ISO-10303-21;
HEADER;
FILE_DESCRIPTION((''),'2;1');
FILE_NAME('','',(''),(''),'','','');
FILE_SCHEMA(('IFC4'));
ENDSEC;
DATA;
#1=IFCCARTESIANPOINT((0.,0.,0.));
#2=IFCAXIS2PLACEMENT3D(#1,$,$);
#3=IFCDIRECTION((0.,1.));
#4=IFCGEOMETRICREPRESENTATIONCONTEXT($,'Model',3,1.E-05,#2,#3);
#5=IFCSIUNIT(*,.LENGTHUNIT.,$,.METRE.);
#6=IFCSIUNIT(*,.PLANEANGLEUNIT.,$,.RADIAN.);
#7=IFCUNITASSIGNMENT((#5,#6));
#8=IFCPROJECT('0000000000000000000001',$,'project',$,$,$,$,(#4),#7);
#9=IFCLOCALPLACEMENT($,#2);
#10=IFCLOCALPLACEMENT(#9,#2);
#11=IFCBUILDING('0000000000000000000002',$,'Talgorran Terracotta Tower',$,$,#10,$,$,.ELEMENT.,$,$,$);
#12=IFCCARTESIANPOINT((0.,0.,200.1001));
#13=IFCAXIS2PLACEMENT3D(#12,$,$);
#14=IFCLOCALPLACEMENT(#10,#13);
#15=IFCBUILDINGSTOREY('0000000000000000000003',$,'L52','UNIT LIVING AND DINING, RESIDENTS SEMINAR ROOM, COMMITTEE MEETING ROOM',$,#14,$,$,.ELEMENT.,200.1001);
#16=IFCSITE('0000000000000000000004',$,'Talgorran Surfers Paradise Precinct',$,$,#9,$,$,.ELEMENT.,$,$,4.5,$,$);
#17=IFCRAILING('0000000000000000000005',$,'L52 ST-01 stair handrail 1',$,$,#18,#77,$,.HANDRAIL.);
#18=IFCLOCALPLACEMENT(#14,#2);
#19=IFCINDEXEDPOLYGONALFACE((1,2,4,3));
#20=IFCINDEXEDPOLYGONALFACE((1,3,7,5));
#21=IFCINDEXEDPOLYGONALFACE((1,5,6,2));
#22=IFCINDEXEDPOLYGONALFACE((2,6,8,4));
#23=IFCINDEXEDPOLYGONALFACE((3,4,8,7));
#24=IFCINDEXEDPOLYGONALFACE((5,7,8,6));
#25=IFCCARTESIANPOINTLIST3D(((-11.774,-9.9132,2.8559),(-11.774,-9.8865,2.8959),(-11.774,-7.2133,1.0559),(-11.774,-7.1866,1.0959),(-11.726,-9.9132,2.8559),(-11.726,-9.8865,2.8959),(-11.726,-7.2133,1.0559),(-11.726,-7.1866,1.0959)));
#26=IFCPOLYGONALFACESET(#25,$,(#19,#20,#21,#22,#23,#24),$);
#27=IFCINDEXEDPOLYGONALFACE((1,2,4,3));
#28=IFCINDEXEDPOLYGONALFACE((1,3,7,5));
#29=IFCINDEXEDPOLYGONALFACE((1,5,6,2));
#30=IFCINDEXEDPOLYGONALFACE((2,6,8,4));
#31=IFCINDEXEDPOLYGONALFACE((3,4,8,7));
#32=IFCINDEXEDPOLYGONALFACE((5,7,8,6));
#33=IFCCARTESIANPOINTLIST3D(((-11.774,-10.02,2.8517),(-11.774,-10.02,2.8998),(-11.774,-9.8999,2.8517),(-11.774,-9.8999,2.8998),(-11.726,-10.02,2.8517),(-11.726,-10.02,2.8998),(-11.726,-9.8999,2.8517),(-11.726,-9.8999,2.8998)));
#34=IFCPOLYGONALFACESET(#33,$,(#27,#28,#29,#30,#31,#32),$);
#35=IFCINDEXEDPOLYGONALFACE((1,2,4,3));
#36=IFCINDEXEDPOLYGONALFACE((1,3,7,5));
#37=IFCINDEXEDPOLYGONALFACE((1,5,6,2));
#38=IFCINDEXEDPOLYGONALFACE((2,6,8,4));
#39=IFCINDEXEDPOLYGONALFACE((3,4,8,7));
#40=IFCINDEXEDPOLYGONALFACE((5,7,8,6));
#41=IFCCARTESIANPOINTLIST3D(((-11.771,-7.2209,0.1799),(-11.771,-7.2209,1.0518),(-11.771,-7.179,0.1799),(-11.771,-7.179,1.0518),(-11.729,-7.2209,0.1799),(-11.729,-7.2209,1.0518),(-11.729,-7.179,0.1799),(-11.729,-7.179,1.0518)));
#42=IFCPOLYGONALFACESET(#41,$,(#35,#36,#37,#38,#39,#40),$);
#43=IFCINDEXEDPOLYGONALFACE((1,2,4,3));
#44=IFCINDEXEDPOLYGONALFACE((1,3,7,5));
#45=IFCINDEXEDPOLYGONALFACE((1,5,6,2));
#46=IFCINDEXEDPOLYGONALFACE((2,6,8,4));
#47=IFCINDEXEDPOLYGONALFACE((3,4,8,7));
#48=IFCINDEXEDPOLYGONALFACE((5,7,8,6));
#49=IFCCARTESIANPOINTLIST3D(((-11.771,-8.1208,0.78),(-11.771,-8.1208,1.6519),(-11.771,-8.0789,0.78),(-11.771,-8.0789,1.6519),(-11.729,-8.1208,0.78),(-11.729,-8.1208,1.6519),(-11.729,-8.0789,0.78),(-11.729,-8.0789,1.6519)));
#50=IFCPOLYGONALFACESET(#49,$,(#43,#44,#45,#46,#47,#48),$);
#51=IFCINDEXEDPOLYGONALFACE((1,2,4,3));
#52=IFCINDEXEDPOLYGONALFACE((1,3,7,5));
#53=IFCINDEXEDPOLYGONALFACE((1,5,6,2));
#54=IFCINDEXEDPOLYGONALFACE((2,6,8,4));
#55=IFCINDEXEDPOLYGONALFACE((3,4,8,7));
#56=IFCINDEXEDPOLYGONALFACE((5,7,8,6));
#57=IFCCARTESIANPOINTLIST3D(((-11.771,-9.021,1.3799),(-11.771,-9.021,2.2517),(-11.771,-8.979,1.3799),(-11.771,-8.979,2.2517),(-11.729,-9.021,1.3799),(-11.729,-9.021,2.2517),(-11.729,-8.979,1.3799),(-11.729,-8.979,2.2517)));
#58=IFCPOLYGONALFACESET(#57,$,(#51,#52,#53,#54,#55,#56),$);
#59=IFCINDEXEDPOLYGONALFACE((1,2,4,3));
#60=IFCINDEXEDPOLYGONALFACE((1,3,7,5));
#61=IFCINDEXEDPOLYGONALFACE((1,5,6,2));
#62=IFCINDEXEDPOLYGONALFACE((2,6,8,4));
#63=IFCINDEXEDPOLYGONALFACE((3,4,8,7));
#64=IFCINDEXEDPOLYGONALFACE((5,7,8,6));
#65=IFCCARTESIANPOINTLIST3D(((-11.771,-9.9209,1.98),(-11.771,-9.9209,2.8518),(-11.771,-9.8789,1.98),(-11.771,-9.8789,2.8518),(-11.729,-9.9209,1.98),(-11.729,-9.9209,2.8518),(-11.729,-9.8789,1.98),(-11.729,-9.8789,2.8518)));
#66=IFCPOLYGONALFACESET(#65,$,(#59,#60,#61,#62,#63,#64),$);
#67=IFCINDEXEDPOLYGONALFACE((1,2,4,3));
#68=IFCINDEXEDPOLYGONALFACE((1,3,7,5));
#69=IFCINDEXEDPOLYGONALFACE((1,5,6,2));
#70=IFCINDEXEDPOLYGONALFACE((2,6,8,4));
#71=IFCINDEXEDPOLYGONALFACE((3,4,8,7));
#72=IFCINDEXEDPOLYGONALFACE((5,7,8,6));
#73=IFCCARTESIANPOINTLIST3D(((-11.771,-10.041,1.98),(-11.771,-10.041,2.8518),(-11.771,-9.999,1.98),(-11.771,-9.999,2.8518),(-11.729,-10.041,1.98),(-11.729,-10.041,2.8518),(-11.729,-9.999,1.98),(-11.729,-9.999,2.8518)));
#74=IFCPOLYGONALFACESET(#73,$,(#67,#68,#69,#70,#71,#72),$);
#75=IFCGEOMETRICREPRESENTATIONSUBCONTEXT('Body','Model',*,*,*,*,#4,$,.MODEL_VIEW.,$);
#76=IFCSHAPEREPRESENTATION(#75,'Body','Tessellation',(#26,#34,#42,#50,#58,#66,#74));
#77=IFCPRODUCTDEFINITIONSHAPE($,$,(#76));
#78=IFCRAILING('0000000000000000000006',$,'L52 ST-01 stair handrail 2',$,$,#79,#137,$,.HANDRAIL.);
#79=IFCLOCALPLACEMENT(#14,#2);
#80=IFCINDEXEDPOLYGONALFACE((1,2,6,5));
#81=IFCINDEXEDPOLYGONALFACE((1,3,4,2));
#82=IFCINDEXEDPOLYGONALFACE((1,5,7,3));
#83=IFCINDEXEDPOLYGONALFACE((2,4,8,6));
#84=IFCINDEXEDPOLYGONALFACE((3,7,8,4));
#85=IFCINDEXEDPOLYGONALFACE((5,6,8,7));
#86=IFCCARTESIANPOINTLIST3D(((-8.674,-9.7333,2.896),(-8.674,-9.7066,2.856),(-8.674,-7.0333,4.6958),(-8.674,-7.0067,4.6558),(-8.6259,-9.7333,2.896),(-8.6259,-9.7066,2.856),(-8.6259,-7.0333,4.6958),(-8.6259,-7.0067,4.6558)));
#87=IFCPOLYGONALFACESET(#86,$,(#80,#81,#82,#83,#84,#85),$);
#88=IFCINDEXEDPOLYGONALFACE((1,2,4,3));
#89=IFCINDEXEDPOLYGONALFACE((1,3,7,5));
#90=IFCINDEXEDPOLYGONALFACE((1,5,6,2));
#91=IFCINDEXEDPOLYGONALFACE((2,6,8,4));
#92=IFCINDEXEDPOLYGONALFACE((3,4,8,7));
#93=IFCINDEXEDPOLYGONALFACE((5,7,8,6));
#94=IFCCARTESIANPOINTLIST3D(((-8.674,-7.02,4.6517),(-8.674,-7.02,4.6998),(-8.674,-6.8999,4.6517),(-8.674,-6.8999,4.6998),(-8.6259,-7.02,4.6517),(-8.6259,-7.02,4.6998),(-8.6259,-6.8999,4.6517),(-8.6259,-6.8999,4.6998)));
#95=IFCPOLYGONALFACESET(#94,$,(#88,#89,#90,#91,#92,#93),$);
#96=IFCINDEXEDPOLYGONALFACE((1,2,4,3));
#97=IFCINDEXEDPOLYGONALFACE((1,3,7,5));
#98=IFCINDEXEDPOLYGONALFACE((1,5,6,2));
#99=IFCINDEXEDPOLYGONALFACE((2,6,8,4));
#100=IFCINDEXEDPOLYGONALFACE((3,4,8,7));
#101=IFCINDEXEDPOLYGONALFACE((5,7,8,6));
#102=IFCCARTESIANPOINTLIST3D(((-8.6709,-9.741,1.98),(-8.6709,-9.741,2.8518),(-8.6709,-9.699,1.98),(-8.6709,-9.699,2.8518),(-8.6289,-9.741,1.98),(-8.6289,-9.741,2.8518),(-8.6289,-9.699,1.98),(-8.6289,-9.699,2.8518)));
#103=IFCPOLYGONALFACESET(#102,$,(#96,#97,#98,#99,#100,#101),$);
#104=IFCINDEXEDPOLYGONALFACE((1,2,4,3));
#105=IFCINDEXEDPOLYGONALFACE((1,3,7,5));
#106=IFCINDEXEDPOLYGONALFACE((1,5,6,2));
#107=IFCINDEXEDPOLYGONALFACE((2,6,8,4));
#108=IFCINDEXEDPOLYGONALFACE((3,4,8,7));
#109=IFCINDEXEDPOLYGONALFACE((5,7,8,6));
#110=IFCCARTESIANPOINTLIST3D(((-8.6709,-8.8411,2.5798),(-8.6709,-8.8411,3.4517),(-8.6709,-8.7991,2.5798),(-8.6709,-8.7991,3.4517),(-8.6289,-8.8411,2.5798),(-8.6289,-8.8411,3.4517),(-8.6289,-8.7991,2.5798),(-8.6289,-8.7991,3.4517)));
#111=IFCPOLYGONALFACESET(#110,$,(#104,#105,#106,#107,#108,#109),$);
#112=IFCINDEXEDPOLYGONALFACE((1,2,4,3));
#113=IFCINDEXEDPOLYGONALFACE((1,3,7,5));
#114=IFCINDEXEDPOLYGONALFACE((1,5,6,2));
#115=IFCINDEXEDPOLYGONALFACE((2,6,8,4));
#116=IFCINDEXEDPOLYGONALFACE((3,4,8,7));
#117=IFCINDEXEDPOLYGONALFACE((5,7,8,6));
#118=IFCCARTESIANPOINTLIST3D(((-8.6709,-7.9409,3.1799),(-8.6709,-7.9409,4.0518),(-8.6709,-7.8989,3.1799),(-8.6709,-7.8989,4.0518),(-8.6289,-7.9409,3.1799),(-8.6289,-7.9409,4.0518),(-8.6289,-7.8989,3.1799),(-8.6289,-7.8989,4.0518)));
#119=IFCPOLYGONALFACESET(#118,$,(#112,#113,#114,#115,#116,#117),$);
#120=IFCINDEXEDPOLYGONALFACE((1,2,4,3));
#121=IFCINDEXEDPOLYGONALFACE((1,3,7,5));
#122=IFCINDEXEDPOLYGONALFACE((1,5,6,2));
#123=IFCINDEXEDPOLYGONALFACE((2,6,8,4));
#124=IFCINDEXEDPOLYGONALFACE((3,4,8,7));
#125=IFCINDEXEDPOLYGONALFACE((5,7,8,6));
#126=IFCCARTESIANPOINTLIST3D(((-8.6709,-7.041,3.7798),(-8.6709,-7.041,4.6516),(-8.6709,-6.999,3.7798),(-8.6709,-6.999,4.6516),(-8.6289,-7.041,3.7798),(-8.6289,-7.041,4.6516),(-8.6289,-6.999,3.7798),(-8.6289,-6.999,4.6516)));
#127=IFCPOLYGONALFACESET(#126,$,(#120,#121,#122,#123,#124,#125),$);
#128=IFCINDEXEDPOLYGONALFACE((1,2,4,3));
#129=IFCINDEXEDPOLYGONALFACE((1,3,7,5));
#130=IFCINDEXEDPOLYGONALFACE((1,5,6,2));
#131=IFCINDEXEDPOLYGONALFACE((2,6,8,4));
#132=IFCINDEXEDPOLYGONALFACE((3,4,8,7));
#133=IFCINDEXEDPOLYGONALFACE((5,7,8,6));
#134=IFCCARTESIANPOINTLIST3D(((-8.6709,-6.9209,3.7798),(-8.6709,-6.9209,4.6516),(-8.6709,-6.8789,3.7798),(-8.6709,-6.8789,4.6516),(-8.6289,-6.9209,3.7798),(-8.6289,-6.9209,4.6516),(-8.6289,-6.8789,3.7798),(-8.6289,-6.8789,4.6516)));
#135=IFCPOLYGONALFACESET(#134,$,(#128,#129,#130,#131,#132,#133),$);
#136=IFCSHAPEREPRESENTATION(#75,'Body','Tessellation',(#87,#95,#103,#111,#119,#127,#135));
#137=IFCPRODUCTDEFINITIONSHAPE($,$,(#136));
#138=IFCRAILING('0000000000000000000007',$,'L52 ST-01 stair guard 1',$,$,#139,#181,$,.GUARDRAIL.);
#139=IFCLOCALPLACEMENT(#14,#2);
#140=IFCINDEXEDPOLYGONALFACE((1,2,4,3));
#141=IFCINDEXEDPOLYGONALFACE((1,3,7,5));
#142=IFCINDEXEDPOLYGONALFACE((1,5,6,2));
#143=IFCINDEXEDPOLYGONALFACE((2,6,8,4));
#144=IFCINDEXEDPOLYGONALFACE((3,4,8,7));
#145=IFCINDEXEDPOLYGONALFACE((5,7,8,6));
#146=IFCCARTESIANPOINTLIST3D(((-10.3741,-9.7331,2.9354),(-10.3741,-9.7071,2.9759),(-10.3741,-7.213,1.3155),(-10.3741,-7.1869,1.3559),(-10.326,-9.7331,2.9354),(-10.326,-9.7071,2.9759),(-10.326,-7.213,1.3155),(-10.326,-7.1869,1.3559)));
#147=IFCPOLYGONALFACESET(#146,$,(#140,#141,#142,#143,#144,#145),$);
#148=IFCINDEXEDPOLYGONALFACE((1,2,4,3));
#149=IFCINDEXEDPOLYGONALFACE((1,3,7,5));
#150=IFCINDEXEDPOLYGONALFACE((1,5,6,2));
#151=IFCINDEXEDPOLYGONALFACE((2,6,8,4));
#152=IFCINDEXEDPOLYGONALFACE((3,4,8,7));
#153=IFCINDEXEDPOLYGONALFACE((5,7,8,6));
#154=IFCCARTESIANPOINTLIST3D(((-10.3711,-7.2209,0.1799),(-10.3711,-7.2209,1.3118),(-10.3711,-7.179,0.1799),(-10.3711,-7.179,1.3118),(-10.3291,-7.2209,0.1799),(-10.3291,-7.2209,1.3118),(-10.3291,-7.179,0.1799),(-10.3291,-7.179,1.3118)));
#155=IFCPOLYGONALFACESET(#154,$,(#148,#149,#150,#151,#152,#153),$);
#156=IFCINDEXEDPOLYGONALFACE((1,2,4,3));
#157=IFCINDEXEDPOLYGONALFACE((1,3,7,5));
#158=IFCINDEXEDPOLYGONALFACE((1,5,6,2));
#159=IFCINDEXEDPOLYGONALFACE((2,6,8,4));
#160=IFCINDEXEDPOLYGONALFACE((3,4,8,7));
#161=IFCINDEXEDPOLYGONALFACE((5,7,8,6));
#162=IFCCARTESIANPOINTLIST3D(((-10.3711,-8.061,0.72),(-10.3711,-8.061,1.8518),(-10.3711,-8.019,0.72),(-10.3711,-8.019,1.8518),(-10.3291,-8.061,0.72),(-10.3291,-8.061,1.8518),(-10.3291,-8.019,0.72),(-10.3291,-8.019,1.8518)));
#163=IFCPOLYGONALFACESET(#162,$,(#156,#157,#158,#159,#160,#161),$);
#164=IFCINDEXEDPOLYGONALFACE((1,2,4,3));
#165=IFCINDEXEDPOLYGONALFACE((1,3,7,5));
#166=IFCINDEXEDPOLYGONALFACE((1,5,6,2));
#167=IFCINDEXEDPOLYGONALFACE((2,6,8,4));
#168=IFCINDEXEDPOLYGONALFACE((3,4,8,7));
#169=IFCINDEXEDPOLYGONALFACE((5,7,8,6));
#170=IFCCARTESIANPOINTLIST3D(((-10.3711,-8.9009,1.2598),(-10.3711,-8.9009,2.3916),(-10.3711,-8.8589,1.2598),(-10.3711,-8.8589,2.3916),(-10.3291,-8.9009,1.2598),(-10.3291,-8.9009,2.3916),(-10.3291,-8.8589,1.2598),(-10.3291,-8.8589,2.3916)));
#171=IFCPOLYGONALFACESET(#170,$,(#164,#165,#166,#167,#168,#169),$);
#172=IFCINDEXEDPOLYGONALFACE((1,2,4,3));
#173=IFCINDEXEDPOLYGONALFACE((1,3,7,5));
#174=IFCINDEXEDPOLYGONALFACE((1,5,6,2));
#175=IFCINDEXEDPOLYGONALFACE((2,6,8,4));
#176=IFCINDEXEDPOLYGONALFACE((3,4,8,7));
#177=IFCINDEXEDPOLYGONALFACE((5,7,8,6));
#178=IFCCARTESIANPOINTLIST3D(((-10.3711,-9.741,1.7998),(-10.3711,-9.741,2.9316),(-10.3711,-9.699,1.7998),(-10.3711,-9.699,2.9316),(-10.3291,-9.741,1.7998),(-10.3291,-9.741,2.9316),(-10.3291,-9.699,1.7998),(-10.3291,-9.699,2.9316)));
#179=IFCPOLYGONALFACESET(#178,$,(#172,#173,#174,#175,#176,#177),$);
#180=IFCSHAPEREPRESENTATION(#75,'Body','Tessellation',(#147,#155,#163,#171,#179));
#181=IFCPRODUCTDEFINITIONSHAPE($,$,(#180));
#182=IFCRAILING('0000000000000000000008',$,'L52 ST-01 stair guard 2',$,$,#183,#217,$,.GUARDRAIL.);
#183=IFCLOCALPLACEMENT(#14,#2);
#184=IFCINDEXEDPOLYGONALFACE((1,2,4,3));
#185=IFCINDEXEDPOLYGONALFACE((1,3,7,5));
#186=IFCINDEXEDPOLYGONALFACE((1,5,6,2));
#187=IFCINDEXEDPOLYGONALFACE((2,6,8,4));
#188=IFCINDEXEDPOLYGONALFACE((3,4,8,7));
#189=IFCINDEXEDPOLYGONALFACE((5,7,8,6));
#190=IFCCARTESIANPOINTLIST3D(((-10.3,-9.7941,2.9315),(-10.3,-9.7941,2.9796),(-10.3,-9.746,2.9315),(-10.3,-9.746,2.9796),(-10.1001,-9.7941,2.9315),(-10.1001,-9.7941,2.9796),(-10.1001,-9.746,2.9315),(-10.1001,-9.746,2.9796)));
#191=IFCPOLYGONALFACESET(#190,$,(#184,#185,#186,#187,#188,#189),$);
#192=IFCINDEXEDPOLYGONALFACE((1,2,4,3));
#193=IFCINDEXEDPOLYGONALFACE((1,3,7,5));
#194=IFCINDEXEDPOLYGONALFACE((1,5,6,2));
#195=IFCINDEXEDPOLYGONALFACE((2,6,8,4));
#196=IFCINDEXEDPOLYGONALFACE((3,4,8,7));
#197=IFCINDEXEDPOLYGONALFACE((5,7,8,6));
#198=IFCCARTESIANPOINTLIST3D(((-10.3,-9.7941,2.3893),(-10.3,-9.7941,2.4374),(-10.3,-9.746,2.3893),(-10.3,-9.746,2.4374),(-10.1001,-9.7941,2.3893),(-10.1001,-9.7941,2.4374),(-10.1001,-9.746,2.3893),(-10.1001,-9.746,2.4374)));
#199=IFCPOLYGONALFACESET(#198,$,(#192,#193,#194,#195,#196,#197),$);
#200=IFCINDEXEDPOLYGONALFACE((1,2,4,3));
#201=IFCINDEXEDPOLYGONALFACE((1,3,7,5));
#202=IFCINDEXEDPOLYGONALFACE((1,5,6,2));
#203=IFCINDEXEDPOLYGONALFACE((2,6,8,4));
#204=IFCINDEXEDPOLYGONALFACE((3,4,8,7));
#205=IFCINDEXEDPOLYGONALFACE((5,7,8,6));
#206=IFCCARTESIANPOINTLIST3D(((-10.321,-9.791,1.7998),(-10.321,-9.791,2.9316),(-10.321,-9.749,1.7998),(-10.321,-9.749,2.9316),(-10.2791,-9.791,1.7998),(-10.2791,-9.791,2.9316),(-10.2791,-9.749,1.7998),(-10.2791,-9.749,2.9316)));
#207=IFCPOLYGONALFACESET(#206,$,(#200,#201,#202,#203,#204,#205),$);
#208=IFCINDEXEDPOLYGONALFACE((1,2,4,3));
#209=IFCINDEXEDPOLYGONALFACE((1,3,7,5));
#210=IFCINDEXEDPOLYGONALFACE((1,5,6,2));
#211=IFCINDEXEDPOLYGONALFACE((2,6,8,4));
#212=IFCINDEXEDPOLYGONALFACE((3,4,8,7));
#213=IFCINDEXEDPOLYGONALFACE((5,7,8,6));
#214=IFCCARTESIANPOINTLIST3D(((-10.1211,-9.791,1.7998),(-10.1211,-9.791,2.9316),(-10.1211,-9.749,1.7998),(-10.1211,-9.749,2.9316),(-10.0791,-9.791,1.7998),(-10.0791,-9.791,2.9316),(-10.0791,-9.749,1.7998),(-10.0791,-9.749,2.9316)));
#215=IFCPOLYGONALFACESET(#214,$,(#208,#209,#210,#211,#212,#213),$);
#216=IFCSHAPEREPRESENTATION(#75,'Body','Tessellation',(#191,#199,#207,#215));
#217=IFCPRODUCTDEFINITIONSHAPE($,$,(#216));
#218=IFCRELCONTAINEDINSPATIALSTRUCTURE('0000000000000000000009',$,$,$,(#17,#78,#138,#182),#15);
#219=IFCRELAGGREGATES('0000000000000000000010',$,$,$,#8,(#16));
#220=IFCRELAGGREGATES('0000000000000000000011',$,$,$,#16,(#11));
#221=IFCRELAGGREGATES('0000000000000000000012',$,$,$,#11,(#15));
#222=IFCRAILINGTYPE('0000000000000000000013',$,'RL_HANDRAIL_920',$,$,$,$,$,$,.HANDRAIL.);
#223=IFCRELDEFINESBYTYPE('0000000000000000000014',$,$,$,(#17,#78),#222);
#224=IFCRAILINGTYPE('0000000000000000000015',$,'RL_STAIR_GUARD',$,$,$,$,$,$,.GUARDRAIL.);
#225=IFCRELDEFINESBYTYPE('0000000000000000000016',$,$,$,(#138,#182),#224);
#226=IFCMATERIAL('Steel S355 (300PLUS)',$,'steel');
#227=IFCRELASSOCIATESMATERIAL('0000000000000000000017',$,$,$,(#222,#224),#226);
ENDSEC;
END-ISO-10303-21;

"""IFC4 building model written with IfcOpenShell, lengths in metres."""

from ifc_helpers import new_model, si_unit, direction, frame, origin, origin_2d, place, context, subcontext, project, spatial, rectangle, extrude, material, type_object, element, save


model = new_model("IFC4")

# Units and contexts
model_context = context("Model", 3, precision=1e-05, world=origin(), true_north=direction((0.0, 1.0)))
body_context = subcontext(model_context, "Body", "Model", "MODEL_VIEW")
ifc_project = project(units=[si_unit("LENGTHUNIT", "METRE"), si_unit("PLANEANGLEUNIT", "RADIAN")], contexts=[model_context])

# Site, building, storey
site_placement = place(None, origin())
site = spatial("IfcSite", under=ifc_project, at=site_placement, Name="Talgorran Surfers Paradise Precinct", CompositionType="ELEMENT", RefElevation=4.5)
building_placement = place(site_placement, origin())
building = spatial("IfcBuilding", under=site, at=building_placement, Name="Talgorran Terracotta Tower", CompositionType="ELEMENT")
storey_placement = place(building_placement, frame((0.0, 0.0, 200.1001)))
storey = spatial("IfcBuildingStorey", under=building, at=storey_placement, Name="L52", Description="UNIT LIVING AND DINING, RESIDENTS SEMINAR ROOM, COMMITTEE MEETING ROOM", CompositionType="ELEMENT", Elevation=200.1001)

# Railings
ifc_material_1 = material(Name="Steel S355 (300PLUS)", Category="steel")
railing_type_1 = type_object("IfcRailingType", Name="RL_HANDRAIL_920", PredefinedType="HANDRAIL", material=ifc_material_1)
railing_1_placement = place(storey_placement, frame((-11.75, -7.2, 0.1799)))
element("IfcRailing", 1, at=railing_1_placement, inside=storey, type_object=railing_type_1, Name="L52 ST-01 stair handrail 1", PredefinedType="HANDRAIL", context=body_context, shape_type="SweptSolid", body=[
    extrude(rectangle(XDim=0.0481, YDim=0.0481, at=origin_2d()), frame((0.0, 0.0, 0.896), z_axis=(0.0, -0.832039, 0.554718), x_axis=(1.0, 0.0, 0.0)), (0.0, 0.0, 1.0), 3.2449),
    extrude(rectangle(XDim=0.0481, YDim=0.0481, at=origin_2d()), frame((0.0, -2.7, 2.6958), z_axis=(0.0, -1.0, 0.0), x_axis=(1.0, 0.0, 0.0)), (0.0, 0.0, 1.0), 0.1201),
    extrude(rectangle(XDim=0.042, YDim=0.042, at=origin_2d()), origin(), (0.0, 0.0, 1.0), 0.8718),
    extrude(rectangle(XDim=0.042, YDim=0.042, at=origin_2d()), frame((0.0, -0.8999, 0.6001)), (0.0, 0.0, 1.0), 0.8718),
    extrude(rectangle(XDim=0.042, YDim=0.042, at=origin_2d()), frame((0.0, -1.8, 1.2)), (0.0, 0.0, 1.0), 0.8718),
    extrude(rectangle(XDim=0.042, YDim=0.042, at=origin_2d()), frame((0.0, -2.7, 1.8)), (0.0, 0.0, 1.0), 0.8718),
    extrude(rectangle(XDim=0.042, YDim=0.042, at=origin_2d()), frame((0.0, -2.8201, 1.8)), (0.0, 0.0, 1.0), 0.8718),
])
railing_2_placement = place(storey_placement, frame((-8.6499, -9.72, 1.98)))
element("IfcRailing", 2, at=railing_2_placement, inside=storey, type_object=railing_type_1, Name="L52 ST-01 stair handrail 2", PredefinedType="HANDRAIL", context=body_context, shape_type="SweptSolid", body=[
    extrude(rectangle(XDim=0.0481, YDim=0.0481, at=origin_2d()), frame((0.0, 0.0, 0.896), z_axis=(0.0, 0.832073, 0.554665), x_axis=(-1.0, 0.0, 0.0)), (0.0, 0.0, 1.0), 3.2449),
    extrude(rectangle(XDim=0.0481, YDim=0.0481, at=origin_2d()), frame((0.0, 2.7, 2.6958), z_axis=(0.0, 1.0, 0.0), x_axis=(-1.0, 0.0, 0.0)), (0.0, 0.0, 1.0), 0.1201),
    extrude(rectangle(XDim=0.042, YDim=0.042, at=origin_2d()), origin(), (0.0, 0.0, 1.0), 0.8718),
    extrude(rectangle(XDim=0.042, YDim=0.042, at=origin_2d()), frame((0.0, 0.8999, 0.5999)), (0.0, 0.0, 1.0), 0.8718),
    extrude(rectangle(XDim=0.042, YDim=0.042, at=origin_2d()), frame((0.0, 1.8, 1.2)), (0.0, 0.0, 1.0), 0.8718),
    extrude(rectangle(XDim=0.042, YDim=0.042, at=origin_2d()), frame((0.0, 2.7, 1.7998)), (0.0, 0.0, 1.0), 0.8718),
    extrude(rectangle(XDim=0.042, YDim=0.042, at=origin_2d()), frame((0.0, 2.8201, 1.7998)), (0.0, 0.0, 1.0), 0.8718),
])
railing_type_2 = type_object("IfcRailingType", Name="RL_STAIR_GUARD", PredefinedType="GUARDRAIL", material=ifc_material_1)
railing_3_placement = place(storey_placement, frame((-10.3501, -7.2, 0.1799)))
element("IfcRailing", 3, at=railing_3_placement, inside=storey, type_object=railing_type_2, Name="L52 ST-01 stair guard 1", PredefinedType="GUARDRAIL", context=body_context, shape_type="SweptSolid", body=[
    extrude(rectangle(XDim=0.0481, YDim=0.0481, at=origin_2d()), frame((0.0, 0.0, 1.1558), z_axis=(0.0, -0.8412, 0.540725), x_axis=(1.0, 0.0, 0.0)), (0.0, 0.0, 1.0), 2.9958),
    extrude(rectangle(XDim=0.042, YDim=0.042, at=origin_2d()), origin(), (0.0, 0.0, 1.0), 1.1318),
    extrude(rectangle(XDim=0.042, YDim=0.042, at=origin_2d()), frame((0.0, -0.8401, 0.54)), (0.0, 0.0, 1.0), 1.1318),
    extrude(rectangle(XDim=0.042, YDim=0.042, at=origin_2d()), frame((0.0, -1.6799, 1.0798)), (0.0, 0.0, 1.0), 1.1318),
    extrude(rectangle(XDim=0.042, YDim=0.042, at=origin_2d()), frame((0.0, -2.52, 1.6199)), (0.0, 0.0, 1.0), 1.1318),
])
railing_4_placement = place(storey_placement, frame((-10.3, -9.77, 1.7998)))
element("IfcRailing", 4, at=railing_4_placement, inside=storey, type_object=railing_type_2, Name="L52 ST-01 stair guard 2", PredefinedType="GUARDRAIL", context=body_context, shape_type="SweptSolid", body=[
    extrude(rectangle(XDim=0.0481, YDim=0.0481, at=origin_2d()), frame((0.0, 0.0, 1.1558), z_axis=(1.0, 0.0, 0.0), x_axis=(0.0, 1.0, 0.0)), (0.0, 0.0, 1.0), 0.2),
    extrude(rectangle(XDim=0.0481, YDim=0.0481, at=origin_2d()), frame((0.0, 0.0, 0.6135), z_axis=(1.0, 0.0, 0.0), x_axis=(0.0, 1.0, 0.0)), (0.0, 0.0, 1.0), 0.2),
    extrude(rectangle(XDim=0.042, YDim=0.042, at=origin_2d()), origin(), (0.0, 0.0, 1.0), 1.1318),
    extrude(rectangle(XDim=0.042, YDim=0.042, at=origin_2d()), frame((0.2, 0.0, 0.0)), (0.0, 0.0, 1.0), 1.1318),
])

save(model, "model.ifc")
